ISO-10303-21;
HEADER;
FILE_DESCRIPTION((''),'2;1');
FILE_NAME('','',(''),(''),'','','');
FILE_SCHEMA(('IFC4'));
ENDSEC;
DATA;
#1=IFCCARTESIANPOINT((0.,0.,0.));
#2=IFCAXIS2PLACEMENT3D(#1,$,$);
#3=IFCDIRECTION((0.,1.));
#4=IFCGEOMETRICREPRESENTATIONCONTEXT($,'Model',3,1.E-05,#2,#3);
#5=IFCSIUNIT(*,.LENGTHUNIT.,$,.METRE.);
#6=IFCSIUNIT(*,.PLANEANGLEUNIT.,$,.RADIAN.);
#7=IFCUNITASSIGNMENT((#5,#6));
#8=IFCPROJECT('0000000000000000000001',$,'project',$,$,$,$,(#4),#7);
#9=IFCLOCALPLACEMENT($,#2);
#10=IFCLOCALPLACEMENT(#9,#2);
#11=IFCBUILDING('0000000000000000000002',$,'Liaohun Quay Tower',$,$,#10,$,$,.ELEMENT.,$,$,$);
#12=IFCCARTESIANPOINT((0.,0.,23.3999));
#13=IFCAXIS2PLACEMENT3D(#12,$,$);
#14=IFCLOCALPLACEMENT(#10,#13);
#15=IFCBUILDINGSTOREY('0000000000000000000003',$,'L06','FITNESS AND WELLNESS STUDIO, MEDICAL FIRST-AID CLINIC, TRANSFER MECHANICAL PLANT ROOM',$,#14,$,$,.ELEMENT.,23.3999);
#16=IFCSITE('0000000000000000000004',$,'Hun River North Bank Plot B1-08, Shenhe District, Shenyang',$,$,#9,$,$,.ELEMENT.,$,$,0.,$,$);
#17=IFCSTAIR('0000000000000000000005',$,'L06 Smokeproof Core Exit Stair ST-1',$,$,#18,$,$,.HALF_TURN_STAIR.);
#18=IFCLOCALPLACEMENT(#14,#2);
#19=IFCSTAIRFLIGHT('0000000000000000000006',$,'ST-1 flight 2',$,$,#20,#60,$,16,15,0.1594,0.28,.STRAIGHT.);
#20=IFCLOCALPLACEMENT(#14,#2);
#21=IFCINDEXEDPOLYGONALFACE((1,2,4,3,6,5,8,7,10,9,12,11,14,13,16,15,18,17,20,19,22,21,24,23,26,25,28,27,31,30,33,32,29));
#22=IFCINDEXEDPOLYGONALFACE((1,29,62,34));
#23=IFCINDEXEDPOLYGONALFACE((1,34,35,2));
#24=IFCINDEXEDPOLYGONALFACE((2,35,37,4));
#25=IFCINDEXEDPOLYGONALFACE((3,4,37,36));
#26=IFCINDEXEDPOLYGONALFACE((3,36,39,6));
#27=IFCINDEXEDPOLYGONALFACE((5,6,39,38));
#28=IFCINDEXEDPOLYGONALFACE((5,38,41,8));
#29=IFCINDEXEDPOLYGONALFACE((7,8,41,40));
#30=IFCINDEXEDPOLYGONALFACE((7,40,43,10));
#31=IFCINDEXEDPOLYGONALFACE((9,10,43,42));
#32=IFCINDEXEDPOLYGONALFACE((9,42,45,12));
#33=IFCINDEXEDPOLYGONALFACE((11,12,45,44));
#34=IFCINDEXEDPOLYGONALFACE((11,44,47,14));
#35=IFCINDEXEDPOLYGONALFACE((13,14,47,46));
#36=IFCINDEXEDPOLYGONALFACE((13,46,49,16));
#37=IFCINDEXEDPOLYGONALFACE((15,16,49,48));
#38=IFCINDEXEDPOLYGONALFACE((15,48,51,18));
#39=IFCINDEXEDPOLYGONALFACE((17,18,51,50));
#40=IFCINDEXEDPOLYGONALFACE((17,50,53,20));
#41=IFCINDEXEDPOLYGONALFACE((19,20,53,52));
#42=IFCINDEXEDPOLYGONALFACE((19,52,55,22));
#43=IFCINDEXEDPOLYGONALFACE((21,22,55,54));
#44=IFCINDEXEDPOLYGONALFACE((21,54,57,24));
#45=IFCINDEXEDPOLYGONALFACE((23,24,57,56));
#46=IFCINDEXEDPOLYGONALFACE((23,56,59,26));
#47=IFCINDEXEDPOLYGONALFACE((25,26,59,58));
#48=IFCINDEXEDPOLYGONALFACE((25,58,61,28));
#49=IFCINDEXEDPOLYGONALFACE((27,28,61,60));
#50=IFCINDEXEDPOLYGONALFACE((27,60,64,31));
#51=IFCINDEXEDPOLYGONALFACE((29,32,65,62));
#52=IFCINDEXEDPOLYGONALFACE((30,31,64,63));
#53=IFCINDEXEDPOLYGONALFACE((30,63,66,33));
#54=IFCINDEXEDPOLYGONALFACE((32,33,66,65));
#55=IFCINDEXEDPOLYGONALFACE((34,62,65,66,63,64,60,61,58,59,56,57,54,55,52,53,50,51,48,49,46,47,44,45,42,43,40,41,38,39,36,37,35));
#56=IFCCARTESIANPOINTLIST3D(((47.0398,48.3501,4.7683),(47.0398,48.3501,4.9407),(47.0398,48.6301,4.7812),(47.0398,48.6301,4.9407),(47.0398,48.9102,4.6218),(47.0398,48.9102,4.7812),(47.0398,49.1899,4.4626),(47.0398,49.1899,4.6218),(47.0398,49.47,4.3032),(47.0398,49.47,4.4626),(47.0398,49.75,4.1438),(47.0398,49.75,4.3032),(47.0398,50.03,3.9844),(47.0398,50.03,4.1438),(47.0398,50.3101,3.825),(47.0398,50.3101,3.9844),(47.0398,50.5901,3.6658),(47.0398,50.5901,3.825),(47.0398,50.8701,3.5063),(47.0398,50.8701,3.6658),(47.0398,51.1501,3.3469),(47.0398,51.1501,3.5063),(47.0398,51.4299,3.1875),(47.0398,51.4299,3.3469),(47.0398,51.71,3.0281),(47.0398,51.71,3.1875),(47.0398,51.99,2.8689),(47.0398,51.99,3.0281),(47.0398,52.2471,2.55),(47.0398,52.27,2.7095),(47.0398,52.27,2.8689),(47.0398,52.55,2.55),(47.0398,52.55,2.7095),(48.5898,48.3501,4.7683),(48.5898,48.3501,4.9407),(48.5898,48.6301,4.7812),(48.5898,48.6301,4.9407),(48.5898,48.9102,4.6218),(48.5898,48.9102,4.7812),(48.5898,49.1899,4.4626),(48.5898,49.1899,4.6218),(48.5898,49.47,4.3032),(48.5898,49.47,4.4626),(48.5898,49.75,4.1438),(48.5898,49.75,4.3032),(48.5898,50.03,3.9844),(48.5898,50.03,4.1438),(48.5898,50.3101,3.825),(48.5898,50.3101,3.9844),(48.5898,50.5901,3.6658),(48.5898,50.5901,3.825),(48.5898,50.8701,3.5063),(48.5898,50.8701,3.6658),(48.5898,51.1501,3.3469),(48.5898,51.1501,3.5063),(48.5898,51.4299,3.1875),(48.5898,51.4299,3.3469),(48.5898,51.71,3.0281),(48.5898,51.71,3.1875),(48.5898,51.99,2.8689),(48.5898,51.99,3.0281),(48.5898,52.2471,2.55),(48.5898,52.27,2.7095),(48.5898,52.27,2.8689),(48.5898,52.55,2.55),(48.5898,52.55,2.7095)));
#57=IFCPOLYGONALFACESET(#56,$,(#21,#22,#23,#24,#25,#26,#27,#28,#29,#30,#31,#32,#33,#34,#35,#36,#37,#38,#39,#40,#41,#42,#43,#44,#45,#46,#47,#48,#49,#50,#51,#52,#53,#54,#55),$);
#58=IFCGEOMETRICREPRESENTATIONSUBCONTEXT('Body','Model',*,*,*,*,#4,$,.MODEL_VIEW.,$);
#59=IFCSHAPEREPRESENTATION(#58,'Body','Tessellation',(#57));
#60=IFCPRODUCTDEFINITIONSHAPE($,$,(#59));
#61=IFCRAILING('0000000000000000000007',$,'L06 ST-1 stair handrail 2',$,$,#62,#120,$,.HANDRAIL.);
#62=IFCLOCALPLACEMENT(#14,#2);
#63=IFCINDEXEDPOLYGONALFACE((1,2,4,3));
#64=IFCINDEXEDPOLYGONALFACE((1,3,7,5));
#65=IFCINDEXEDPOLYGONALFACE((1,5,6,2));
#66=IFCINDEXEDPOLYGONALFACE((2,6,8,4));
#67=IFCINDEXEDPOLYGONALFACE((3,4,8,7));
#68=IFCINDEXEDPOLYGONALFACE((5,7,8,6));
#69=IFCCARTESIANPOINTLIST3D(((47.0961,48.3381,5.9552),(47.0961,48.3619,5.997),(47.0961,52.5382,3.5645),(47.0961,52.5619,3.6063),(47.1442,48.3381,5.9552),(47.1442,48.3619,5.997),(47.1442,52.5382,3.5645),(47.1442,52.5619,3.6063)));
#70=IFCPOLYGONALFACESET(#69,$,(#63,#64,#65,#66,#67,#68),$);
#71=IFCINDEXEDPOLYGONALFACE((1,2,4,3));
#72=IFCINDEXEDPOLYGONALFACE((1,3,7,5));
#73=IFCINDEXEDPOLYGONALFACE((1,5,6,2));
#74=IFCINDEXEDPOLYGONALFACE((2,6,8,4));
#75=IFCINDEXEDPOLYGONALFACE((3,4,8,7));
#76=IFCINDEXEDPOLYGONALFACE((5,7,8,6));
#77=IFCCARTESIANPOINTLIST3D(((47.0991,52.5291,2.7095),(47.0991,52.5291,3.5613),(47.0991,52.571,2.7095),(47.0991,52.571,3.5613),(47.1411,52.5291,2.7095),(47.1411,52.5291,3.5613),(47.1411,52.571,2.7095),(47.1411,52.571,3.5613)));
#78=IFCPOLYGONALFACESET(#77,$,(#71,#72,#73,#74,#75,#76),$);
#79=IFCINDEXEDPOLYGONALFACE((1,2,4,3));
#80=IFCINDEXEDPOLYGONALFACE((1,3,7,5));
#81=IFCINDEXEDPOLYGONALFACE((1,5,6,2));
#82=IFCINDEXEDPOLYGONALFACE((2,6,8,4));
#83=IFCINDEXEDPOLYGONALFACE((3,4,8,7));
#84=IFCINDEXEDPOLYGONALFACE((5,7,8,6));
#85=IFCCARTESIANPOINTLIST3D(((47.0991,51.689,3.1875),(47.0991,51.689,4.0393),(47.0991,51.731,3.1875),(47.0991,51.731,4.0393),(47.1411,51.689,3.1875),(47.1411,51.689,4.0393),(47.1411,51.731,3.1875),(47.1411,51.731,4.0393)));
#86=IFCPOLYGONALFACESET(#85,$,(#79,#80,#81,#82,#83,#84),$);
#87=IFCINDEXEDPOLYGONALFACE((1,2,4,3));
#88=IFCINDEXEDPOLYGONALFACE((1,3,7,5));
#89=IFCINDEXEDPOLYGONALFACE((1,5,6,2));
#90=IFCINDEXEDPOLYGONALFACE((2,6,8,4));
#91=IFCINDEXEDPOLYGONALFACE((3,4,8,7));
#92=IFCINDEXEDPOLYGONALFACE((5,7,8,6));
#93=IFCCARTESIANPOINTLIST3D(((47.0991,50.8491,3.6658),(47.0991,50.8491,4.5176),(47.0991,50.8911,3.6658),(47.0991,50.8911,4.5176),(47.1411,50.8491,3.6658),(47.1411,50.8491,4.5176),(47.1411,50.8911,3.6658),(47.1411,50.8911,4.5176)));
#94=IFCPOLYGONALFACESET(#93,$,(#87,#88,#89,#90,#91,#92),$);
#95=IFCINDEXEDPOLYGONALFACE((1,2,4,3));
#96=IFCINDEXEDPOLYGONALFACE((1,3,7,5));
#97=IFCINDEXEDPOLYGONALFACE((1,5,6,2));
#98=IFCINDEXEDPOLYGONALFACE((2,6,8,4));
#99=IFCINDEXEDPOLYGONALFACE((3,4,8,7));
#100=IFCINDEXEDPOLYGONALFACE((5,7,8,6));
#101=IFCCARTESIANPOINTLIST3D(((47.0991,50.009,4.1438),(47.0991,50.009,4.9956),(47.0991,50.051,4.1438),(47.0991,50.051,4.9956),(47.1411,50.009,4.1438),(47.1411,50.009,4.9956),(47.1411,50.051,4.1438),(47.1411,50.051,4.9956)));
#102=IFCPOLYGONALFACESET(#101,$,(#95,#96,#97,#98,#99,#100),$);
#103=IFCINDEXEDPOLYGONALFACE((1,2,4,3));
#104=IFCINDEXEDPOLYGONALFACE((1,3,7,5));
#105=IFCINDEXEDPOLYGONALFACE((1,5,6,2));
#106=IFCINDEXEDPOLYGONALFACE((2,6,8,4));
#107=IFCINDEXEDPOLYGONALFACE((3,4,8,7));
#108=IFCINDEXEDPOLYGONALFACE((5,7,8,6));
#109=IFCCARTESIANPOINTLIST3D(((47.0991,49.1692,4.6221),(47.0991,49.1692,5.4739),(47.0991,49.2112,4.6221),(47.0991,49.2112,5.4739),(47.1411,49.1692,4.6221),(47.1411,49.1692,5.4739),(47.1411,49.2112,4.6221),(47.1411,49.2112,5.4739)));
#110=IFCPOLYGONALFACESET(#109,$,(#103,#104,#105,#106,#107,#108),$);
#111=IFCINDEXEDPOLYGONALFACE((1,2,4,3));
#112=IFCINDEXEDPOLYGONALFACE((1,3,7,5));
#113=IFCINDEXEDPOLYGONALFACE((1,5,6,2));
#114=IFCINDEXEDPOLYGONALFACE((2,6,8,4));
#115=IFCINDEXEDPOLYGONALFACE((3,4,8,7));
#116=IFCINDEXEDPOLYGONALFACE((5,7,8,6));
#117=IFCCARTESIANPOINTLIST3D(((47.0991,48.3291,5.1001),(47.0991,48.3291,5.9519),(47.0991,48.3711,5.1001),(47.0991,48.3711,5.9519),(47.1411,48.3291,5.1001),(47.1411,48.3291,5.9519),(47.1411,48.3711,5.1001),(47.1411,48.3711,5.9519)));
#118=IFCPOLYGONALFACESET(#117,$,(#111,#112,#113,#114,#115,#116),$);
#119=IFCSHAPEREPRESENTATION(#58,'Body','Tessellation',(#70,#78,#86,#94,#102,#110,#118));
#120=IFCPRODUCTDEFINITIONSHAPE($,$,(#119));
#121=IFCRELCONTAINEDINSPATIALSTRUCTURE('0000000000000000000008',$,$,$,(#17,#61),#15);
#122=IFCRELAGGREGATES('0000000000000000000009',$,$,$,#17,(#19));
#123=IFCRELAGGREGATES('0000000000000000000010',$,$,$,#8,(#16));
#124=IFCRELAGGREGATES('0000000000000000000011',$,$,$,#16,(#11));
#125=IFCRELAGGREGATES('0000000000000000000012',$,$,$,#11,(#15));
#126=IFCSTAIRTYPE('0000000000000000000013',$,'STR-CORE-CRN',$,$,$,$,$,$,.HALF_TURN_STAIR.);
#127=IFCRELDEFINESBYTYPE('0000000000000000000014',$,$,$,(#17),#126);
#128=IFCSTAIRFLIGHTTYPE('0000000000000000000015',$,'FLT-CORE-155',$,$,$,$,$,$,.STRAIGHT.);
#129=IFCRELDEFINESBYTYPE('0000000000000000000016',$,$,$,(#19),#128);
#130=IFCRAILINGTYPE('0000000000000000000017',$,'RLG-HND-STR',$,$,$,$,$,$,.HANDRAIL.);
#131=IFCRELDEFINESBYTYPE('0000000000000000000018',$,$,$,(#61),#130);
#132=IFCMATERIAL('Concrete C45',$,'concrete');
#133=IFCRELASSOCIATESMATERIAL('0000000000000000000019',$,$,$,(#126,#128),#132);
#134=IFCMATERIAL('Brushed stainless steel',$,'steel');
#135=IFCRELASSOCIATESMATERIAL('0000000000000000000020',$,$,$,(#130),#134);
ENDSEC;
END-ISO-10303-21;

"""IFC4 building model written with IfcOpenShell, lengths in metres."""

from ifc_helpers import new_model, si_unit, direction, frame, origin, origin_2d, place, context, subcontext, project, spatial, polyline, rectangle, outline, extrude, material, type_object, element, aggregate, save


model = new_model("IFC4")

# Units and contexts
model_context = context("Model", 3, precision=1e-05, world=origin(), true_north=direction((0.0, 1.0)))
body_context = subcontext(model_context, "Body", "Model", "MODEL_VIEW")
ifc_project = project(units=[si_unit("LENGTHUNIT", "METRE"), si_unit("PLANEANGLEUNIT", "RADIAN")], contexts=[model_context])

# Site, building, storey
site_placement = place(None, origin())
site = spatial("IfcSite", under=ifc_project, at=site_placement, Name="Hun River North Bank Plot B1-08, Shenhe District, Shenyang", CompositionType="ELEMENT", RefElevation=0.0)
building_placement = place(site_placement, origin())
building = spatial("IfcBuilding", under=site, at=building_placement, Name="Liaohun Quay Tower", CompositionType="ELEMENT")
storey_placement = place(building_placement, frame((0.0, 0.0, 23.3999)))
storey = spatial("IfcBuildingStorey", under=building, at=storey_placement, Name="L06", Description="FITNESS AND WELLNESS STUDIO, MEDICAL FIRST-AID CLINIC, TRANSFER MECHANICAL PLANT ROOM", CompositionType="ELEMENT", Elevation=23.3999)

# Stair, stair flight
ifc_material_1 = material(Name="Concrete C45", Category="concrete")
stair_type = type_object("IfcStairType", Name="STR-CORE-CRN", PredefinedType="HALF_TURN_STAIR", material=ifc_material_1)
stair_placement = place(storey_placement, origin())
stair = element("IfcStair", 1, at=stair_placement, inside=storey, type_object=stair_type, Name="L06 Smokeproof Core Exit Stair ST-1", PredefinedType="HALF_TURN_STAIR")
stair_flight_type = type_object("IfcStairFlightType", Name="FLT-CORE-155", PredefinedType="STRAIGHT", material=ifc_material_1)
stair_flight_placement = place(storey_placement, frame((47.8149, 52.55, 2.55), z_axis=(0.0, 0.0, 1.0), x_axis=(0.0, -1.0, 0.0)))
stair_flight = element("IfcStairFlight", 2, at=stair_flight_placement, type_object=stair_flight_type, Name="ST-1 flight 2", NumberOfRisers=16, NumberOfTreads=15, PredefinedType="STRAIGHT", RiserHeight=0.1594, TreadLength=0.28, context=body_context, shape_type="SweptSolid", body=[
    extrude(outline(polyline([(0.0, 0.0), (0.0, 0.1594), (0.28, 0.1594), (0.28, 0.3188), (0.5601, 0.3188), (0.5601, 0.478), (0.8401, 0.478), (0.8401, 0.6375), (1.1201, 0.6375), (1.1201, 0.7969), (1.3999, 0.7969), (1.3999, 0.9563), (1.6799, 0.9563), (1.6799, 1.1157), (1.96, 1.1157), (1.96, 1.2749), (2.24, 1.2749), (2.24, 1.4343), (2.52, 1.4343), (2.52, 1.5938), (2.8, 1.5938), (2.8, 1.7532), (3.0801, 1.7532), (3.0801, 1.9126), (3.3601, 1.9126), (3.3601, 2.0718), (3.6399, 2.0718), (3.6399, 2.2312), (3.9199, 2.2312), (3.9199, 2.3906), (4.2, 2.3906), (4.2, 2.55), (4.2, 2.2183), (0.303, 0.0), (0.0, 0.0)])), frame((0.0, 0.7749, 0.0), z_axis=(0.0, -1.0, 0.0), x_axis=(1.0, 0.0, 0.0)), (0.0, 0.0, 1.0), 1.55),
])
aggregate(stair, [stair_flight])

# Railing
ifc_material_2 = material(Name="Brushed stainless steel", Category="steel")
railing_type = type_object("IfcRailingType", Name="RLG-HND-STR", PredefinedType="HANDRAIL", material=ifc_material_2)
railing_placement = place(storey_placement, frame((47.1201, 52.55, 2.7095)))
element("IfcRailing", 3, at=railing_placement, inside=storey, type_object=railing_type, Name="L06 ST-1 stair handrail 2", PredefinedType="HANDRAIL", context=body_context, shape_type="SweptSolid", body=[
    extrude(rectangle(XDim=0.0481, YDim=0.0481, at=origin_2d()), frame((0.0, 0.0, 0.876), z_axis=(0.0, -0.869075, 0.49468), x_axis=(1.0, 0.0, 0.0)), (0.0, 0.0, 1.0), 4.8328),
    extrude(rectangle(XDim=0.042, YDim=0.042, at=origin_2d()), origin(), (0.0, 0.0, 1.0), 0.8518),
    extrude(rectangle(XDim=0.042, YDim=0.042, at=origin_2d()), frame((0.0, -0.8401, 0.478)), (0.0, 0.0, 1.0), 0.8518),
    extrude(rectangle(XDim=0.042, YDim=0.042, at=origin_2d()), frame((0.0, -1.6799, 0.9563)), (0.0, 0.0, 1.0), 0.8518),
    extrude(rectangle(XDim=0.042, YDim=0.042, at=origin_2d()), frame((0.0, -2.52, 1.4343)), (0.0, 0.0, 1.0), 0.8518),
    extrude(rectangle(XDim=0.042, YDim=0.042, at=origin_2d()), frame((0.0, -3.3599, 1.9126)), (0.0, 0.0, 1.0), 0.8518),
    extrude(rectangle(XDim=0.042, YDim=0.042, at=origin_2d()), frame((0.0, -4.2, 2.3906)), (0.0, 0.0, 1.0), 0.8518),
])

save(model, "model.ifc")
